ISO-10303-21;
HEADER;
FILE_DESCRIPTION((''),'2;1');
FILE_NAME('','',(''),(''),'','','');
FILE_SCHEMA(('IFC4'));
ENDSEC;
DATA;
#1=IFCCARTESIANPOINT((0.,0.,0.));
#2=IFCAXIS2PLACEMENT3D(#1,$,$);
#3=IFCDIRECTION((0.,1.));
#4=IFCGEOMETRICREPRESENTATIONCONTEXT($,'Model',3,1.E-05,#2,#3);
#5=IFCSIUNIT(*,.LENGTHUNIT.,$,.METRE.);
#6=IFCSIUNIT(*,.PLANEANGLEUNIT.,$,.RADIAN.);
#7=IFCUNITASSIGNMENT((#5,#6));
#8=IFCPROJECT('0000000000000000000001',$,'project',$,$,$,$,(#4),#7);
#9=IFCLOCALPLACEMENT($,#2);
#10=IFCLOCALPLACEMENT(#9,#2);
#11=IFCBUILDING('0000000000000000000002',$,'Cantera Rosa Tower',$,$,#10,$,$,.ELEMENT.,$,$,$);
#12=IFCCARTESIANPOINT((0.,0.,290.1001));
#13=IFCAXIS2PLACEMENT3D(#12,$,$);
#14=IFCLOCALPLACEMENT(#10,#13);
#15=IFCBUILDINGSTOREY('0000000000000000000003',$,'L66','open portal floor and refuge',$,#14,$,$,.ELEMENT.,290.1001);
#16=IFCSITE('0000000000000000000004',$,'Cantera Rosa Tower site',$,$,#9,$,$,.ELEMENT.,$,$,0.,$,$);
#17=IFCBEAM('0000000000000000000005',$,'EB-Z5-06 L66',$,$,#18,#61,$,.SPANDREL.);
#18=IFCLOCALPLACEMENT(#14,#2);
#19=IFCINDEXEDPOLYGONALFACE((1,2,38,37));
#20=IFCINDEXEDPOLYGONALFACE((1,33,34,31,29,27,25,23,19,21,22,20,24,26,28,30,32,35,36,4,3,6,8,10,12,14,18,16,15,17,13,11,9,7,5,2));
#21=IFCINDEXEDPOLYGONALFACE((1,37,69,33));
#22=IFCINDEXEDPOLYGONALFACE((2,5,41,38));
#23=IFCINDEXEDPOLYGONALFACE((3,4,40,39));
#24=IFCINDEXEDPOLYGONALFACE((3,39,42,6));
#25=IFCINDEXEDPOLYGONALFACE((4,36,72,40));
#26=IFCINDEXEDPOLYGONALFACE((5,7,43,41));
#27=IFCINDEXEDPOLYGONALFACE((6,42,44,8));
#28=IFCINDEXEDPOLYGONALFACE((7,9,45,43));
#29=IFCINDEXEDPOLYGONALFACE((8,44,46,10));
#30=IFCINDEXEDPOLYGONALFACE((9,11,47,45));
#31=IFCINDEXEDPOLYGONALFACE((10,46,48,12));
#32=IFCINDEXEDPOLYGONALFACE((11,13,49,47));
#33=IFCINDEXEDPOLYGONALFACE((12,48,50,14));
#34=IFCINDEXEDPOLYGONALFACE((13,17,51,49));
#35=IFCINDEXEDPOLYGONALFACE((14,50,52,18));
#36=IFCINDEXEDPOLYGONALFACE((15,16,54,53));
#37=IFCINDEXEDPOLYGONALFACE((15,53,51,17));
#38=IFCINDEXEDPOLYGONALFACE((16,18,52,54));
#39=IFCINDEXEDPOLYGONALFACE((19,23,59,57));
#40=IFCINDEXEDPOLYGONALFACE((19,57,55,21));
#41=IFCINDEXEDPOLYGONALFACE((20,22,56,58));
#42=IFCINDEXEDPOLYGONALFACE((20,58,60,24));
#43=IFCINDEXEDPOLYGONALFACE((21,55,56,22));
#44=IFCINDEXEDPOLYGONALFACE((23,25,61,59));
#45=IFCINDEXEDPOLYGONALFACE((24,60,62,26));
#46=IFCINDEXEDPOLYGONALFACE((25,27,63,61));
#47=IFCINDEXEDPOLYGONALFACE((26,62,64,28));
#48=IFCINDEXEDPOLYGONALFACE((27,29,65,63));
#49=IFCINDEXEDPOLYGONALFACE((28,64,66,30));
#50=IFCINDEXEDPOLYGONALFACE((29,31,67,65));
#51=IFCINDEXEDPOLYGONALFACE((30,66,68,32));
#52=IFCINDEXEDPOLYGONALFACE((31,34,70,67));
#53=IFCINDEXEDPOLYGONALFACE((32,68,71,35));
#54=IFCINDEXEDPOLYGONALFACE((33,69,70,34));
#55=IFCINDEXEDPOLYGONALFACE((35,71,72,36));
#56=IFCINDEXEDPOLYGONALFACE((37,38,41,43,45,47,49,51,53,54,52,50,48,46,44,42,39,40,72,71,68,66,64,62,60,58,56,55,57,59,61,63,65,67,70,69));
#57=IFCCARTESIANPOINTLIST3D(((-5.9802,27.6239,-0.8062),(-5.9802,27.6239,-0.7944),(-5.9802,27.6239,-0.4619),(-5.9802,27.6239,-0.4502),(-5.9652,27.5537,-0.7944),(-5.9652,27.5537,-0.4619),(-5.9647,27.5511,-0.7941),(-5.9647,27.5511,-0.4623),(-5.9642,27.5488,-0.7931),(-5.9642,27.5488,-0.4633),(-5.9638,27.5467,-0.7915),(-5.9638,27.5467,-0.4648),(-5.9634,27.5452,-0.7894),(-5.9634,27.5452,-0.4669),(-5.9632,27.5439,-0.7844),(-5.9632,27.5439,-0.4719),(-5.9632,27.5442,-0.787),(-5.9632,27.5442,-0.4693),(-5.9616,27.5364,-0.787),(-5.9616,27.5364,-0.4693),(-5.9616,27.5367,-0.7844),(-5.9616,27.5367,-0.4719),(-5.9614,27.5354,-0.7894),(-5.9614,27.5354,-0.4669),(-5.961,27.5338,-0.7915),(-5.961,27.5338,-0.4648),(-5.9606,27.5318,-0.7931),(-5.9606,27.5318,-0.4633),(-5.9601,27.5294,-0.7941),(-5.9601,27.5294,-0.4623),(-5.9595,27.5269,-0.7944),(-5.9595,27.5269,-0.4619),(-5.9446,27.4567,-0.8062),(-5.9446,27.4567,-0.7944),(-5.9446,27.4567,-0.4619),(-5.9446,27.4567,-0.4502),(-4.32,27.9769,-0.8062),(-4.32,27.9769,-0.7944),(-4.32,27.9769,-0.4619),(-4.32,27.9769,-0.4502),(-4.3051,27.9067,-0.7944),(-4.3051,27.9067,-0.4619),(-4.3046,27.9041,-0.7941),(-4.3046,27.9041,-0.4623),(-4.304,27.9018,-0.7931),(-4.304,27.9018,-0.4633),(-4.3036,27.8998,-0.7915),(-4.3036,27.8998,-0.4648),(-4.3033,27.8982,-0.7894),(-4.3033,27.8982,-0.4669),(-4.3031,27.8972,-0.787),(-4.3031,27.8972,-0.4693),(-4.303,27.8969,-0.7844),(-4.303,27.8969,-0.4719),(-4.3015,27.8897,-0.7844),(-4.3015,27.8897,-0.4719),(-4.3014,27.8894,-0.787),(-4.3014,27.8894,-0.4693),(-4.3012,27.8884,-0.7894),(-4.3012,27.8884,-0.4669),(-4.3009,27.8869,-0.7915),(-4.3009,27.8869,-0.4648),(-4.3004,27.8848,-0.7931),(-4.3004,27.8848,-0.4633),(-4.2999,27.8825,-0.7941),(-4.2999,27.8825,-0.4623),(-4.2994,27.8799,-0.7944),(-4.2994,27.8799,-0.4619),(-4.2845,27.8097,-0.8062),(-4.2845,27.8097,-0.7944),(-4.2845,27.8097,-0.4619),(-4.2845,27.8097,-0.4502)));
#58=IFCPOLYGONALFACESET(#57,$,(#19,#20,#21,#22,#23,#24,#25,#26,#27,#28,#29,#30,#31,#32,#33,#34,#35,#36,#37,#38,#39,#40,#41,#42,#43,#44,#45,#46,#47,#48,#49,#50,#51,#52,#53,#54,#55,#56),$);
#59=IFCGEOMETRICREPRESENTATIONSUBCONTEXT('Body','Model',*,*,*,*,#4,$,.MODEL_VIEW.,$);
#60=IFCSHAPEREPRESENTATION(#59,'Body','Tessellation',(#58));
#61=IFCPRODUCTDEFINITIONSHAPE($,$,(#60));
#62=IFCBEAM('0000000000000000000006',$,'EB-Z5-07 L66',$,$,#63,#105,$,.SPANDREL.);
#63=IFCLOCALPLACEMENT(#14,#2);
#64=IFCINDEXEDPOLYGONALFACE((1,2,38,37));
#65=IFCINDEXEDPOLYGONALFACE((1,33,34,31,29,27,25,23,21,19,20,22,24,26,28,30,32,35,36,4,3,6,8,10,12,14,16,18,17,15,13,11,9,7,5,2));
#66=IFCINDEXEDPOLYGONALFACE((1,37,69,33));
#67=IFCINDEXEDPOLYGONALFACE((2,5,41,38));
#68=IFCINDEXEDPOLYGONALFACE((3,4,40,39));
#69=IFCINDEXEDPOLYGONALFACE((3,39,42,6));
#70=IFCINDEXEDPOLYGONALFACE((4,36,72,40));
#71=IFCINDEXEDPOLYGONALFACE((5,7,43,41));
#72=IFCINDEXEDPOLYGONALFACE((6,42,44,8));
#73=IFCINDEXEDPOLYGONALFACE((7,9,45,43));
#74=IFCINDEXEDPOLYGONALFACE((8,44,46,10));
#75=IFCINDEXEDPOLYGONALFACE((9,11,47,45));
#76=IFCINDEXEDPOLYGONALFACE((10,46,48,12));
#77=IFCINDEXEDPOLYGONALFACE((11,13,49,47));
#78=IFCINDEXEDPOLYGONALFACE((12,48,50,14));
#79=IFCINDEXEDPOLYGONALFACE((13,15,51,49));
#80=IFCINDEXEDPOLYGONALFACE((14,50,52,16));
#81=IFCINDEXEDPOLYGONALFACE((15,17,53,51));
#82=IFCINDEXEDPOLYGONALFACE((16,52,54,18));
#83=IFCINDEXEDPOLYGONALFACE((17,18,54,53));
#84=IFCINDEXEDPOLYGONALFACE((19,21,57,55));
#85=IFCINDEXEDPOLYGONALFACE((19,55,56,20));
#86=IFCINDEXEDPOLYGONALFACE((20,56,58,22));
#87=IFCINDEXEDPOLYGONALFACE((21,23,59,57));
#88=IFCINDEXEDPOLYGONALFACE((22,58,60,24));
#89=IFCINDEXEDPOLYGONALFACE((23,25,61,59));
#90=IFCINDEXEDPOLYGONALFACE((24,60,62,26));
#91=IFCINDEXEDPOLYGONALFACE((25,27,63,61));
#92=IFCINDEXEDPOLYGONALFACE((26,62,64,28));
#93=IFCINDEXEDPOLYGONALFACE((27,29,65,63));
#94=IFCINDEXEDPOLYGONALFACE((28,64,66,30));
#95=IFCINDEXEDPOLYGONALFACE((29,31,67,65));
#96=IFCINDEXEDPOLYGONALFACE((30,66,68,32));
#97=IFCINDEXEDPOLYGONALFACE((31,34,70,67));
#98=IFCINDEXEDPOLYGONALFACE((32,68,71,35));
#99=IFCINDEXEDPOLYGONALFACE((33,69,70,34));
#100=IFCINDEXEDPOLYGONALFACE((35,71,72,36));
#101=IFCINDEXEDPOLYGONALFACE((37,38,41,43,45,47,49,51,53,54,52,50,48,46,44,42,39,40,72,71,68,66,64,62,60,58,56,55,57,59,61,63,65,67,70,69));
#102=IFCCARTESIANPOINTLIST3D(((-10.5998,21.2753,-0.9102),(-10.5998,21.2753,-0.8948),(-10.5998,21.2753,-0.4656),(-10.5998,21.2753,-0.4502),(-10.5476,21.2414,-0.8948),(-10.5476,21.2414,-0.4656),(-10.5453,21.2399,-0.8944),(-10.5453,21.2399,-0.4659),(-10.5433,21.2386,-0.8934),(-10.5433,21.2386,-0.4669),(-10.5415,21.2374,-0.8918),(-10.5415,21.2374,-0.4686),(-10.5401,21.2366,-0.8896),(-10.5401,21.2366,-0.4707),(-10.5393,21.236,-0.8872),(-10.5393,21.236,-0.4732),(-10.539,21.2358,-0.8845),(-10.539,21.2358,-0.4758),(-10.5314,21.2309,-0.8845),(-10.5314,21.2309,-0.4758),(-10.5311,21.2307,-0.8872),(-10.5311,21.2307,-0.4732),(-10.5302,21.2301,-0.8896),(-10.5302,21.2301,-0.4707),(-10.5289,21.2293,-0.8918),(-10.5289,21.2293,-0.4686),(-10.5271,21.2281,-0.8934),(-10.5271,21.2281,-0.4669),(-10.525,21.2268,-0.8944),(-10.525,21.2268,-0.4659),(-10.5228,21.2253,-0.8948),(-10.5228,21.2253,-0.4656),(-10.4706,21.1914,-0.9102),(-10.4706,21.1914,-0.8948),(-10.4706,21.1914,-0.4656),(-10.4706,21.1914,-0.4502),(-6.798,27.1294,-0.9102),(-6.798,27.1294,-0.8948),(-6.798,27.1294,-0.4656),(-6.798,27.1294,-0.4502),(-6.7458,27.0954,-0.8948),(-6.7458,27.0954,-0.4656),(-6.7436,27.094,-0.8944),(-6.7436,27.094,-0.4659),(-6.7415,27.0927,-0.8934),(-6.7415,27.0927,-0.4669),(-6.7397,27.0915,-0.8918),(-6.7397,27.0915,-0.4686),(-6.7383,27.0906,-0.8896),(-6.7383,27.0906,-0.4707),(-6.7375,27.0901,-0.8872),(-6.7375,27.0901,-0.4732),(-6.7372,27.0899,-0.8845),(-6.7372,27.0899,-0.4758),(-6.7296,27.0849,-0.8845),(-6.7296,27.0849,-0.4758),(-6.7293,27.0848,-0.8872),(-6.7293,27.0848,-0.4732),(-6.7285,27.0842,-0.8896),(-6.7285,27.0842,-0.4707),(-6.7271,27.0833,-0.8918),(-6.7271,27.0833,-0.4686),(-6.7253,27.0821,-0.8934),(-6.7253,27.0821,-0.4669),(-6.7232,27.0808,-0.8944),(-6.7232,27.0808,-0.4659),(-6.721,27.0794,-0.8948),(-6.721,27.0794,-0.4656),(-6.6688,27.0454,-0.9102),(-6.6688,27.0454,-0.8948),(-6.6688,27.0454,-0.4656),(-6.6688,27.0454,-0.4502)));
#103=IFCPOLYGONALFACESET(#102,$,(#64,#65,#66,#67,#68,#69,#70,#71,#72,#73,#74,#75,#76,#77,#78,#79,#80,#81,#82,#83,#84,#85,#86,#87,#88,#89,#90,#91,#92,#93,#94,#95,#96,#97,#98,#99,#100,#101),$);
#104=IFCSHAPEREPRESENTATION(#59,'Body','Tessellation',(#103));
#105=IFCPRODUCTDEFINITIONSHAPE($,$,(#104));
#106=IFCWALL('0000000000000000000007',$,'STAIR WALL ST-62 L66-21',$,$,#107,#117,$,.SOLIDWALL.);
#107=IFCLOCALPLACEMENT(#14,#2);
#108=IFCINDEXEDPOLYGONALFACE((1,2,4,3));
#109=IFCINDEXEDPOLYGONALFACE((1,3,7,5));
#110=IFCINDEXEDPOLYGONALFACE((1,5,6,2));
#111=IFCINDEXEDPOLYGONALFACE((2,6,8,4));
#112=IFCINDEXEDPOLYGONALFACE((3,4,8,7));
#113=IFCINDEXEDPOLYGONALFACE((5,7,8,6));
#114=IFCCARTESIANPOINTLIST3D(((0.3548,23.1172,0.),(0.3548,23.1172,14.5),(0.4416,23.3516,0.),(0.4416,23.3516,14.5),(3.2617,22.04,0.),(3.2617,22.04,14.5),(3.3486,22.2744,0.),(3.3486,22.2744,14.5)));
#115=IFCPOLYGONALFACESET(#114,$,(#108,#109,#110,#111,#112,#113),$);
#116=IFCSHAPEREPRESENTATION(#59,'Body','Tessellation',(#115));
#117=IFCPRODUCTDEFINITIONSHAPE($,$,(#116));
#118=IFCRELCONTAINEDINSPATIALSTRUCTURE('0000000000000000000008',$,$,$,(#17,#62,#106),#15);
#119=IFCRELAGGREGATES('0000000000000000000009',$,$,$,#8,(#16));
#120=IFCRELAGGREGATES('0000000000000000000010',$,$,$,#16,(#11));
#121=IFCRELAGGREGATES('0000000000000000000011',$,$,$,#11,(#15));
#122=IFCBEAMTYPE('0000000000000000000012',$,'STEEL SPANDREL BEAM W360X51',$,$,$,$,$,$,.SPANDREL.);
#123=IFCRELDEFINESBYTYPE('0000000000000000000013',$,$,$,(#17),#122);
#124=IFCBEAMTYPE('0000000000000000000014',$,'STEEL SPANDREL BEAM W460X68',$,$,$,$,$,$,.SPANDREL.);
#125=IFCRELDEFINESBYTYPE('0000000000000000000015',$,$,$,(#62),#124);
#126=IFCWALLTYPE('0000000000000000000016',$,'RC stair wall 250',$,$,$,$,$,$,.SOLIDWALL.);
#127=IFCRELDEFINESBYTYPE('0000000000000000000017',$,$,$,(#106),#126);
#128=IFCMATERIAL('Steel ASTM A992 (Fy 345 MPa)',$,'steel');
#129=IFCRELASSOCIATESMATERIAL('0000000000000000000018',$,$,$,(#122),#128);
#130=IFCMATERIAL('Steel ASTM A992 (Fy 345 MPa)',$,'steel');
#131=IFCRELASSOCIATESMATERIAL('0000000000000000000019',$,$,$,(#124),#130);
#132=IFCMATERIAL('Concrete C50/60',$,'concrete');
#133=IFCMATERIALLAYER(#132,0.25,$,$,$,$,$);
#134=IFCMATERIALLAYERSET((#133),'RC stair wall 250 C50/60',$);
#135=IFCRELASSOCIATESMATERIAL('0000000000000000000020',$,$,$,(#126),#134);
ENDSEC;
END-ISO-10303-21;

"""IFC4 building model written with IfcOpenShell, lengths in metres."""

from ifc_helpers import new_model, si_unit, direction, frame, frame_2d, origin, origin_2d, place, context, subcontext, project, spatial, rectangle, i_section, extrude, material, layer, layer_set, material_profile, profile_set, type_object, element, save


model = new_model("IFC4")

# Units and contexts
model_context = context("Model", 3, precision=1e-05, world=origin(), true_north=direction((0.0, 1.0)))
body_context = subcontext(model_context, "Body", "Model", "MODEL_VIEW")
ifc_project = project(units=[si_unit("LENGTHUNIT", "METRE"), si_unit("PLANEANGLEUNIT", "RADIAN")], contexts=[model_context])

# Site, building, storey
site_placement = place(None, origin())
site = spatial("IfcSite", under=ifc_project, at=site_placement, Name="Cantera Rosa Tower site", CompositionType="ELEMENT", RefElevation=0.0)
building_placement = place(site_placement, origin())
building = spatial("IfcBuilding", under=site, at=building_placement, Name="Cantera Rosa Tower", CompositionType="ELEMENT")
storey_placement = place(building_placement, frame((0.0, 0.0, 290.1001)))
storey = spatial("IfcBuildingStorey", under=building, at=storey_placement, Name="L66", Description="open portal floor and refuge", CompositionType="ELEMENT", Elevation=290.1001)

# Beams
ifc_material_1 = material(Name="Steel ASTM A992 (Fy 345 MPa)", Category="steel")
ifc_material_profile_1 = material_profile(ifc_material_1, i_section(OverallWidth=0.1709, OverallDepth=0.356, WebThickness=0.0073, FlangeThickness=0.0117, FilletRadius=0.01, at=origin_2d()), Name="W360X51")
ifc_profile_set_1 = profile_set([ifc_material_profile_1], Name="Steel ASTM A992 (Fy 345 MPa)")
beam_type_1 = type_object("IfcBeamType", Name="STEEL SPANDREL BEAM W360X51", PredefinedType="SPANDREL", material=ifc_profile_set_1)
for number, where, z_axis, x_axis, name in (
    (1, (-4.3022, 27.8933, -0.6282), (-0.97813, -0.207996, 0.0), (0.207996, -0.97813, 0.0), "EB-Z5-06 L66"),
):
    element("IfcBeam", number, at=place(storey_placement, frame(where, z_axis=z_axis, x_axis=x_axis)), inside=storey, type_object=beam_type_1, Name=name, PredefinedType="SPANDREL", context=body_context, shape_type="SweptSolid", body=[
        extrude(i_section(OverallWidth=0.1709, OverallDepth=0.356, WebThickness=0.0073, FlangeThickness=0.0117, FilletRadius=0.01, at=origin_2d()), origin(), (0.0, 0.0, 1.0), 1.6973),
    ])
ifc_material_2 = material(Name="Steel ASTM A992 (Fy 345 MPa)", Category="steel")
ifc_material_profile_2 = material_profile(ifc_material_2, i_section(OverallWidth=0.1541, OverallDepth=0.46, WebThickness=0.009, FlangeThickness=0.0154, FilletRadius=0.0103, at=origin_2d()), Name="W460X68")
ifc_profile_set_2 = profile_set([ifc_material_profile_2], Name="Steel ASTM A992 (Fy 345 MPa)")
beam_type_2 = type_object("IfcBeamType", Name="STEEL SPANDREL BEAM W460X68", PredefinedType="SPANDREL", material=ifc_profile_set_2)
beam_1_placement = place(storey_placement, frame((-6.7334, 27.0874, -0.6802), z_axis=(-0.544651, -0.838663, 0.0), x_axis=(0.838663, -0.544651, 0.0)))
element("IfcBeam", 2, at=beam_1_placement, inside=storey, type_object=beam_type_2, Name="EB-Z5-07 L66", PredefinedType="SPANDREL", context=body_context, shape_type="SweptSolid", body=[
    extrude(i_section(OverallWidth=0.1541, OverallDepth=0.46, WebThickness=0.009, FlangeThickness=0.0154, FilletRadius=0.0103, at=origin_2d()), origin(), (0.0, 0.0, 1.0), 6.9802),
])

# Wall
ifc_material_3 = material(Name="Concrete C50/60", Category="concrete")
ifc_layer = layer(ifc_material_3, 0.25)
ifc_layer_set = layer_set([ifc_layer], Name="RC stair wall 250 C50/60")
wall_type = type_object("IfcWallType", Name="RC stair wall 250", PredefinedType="SOLIDWALL", material=ifc_layer_set)
wall_placement = place(storey_placement, frame((0.3982, 23.2344, 0.0), z_axis=(0.0, 0.0, 1.0), x_axis=(0.937697, -0.347453, 0.0)))
element("IfcWall", 3, at=wall_placement, inside=storey, type_object=wall_type, Name="STAIR WALL ST-62 L66-21", PredefinedType="SOLIDWALL", context=body_context, shape_type="SweptSolid", body=[
    extrude(rectangle(XDim=3.1001, YDim=0.25, at=frame_2d((1.55, 0.0))), origin(), (0.0, 0.0, 1.0), 14.5),
])

save(model, "model.ifc")
